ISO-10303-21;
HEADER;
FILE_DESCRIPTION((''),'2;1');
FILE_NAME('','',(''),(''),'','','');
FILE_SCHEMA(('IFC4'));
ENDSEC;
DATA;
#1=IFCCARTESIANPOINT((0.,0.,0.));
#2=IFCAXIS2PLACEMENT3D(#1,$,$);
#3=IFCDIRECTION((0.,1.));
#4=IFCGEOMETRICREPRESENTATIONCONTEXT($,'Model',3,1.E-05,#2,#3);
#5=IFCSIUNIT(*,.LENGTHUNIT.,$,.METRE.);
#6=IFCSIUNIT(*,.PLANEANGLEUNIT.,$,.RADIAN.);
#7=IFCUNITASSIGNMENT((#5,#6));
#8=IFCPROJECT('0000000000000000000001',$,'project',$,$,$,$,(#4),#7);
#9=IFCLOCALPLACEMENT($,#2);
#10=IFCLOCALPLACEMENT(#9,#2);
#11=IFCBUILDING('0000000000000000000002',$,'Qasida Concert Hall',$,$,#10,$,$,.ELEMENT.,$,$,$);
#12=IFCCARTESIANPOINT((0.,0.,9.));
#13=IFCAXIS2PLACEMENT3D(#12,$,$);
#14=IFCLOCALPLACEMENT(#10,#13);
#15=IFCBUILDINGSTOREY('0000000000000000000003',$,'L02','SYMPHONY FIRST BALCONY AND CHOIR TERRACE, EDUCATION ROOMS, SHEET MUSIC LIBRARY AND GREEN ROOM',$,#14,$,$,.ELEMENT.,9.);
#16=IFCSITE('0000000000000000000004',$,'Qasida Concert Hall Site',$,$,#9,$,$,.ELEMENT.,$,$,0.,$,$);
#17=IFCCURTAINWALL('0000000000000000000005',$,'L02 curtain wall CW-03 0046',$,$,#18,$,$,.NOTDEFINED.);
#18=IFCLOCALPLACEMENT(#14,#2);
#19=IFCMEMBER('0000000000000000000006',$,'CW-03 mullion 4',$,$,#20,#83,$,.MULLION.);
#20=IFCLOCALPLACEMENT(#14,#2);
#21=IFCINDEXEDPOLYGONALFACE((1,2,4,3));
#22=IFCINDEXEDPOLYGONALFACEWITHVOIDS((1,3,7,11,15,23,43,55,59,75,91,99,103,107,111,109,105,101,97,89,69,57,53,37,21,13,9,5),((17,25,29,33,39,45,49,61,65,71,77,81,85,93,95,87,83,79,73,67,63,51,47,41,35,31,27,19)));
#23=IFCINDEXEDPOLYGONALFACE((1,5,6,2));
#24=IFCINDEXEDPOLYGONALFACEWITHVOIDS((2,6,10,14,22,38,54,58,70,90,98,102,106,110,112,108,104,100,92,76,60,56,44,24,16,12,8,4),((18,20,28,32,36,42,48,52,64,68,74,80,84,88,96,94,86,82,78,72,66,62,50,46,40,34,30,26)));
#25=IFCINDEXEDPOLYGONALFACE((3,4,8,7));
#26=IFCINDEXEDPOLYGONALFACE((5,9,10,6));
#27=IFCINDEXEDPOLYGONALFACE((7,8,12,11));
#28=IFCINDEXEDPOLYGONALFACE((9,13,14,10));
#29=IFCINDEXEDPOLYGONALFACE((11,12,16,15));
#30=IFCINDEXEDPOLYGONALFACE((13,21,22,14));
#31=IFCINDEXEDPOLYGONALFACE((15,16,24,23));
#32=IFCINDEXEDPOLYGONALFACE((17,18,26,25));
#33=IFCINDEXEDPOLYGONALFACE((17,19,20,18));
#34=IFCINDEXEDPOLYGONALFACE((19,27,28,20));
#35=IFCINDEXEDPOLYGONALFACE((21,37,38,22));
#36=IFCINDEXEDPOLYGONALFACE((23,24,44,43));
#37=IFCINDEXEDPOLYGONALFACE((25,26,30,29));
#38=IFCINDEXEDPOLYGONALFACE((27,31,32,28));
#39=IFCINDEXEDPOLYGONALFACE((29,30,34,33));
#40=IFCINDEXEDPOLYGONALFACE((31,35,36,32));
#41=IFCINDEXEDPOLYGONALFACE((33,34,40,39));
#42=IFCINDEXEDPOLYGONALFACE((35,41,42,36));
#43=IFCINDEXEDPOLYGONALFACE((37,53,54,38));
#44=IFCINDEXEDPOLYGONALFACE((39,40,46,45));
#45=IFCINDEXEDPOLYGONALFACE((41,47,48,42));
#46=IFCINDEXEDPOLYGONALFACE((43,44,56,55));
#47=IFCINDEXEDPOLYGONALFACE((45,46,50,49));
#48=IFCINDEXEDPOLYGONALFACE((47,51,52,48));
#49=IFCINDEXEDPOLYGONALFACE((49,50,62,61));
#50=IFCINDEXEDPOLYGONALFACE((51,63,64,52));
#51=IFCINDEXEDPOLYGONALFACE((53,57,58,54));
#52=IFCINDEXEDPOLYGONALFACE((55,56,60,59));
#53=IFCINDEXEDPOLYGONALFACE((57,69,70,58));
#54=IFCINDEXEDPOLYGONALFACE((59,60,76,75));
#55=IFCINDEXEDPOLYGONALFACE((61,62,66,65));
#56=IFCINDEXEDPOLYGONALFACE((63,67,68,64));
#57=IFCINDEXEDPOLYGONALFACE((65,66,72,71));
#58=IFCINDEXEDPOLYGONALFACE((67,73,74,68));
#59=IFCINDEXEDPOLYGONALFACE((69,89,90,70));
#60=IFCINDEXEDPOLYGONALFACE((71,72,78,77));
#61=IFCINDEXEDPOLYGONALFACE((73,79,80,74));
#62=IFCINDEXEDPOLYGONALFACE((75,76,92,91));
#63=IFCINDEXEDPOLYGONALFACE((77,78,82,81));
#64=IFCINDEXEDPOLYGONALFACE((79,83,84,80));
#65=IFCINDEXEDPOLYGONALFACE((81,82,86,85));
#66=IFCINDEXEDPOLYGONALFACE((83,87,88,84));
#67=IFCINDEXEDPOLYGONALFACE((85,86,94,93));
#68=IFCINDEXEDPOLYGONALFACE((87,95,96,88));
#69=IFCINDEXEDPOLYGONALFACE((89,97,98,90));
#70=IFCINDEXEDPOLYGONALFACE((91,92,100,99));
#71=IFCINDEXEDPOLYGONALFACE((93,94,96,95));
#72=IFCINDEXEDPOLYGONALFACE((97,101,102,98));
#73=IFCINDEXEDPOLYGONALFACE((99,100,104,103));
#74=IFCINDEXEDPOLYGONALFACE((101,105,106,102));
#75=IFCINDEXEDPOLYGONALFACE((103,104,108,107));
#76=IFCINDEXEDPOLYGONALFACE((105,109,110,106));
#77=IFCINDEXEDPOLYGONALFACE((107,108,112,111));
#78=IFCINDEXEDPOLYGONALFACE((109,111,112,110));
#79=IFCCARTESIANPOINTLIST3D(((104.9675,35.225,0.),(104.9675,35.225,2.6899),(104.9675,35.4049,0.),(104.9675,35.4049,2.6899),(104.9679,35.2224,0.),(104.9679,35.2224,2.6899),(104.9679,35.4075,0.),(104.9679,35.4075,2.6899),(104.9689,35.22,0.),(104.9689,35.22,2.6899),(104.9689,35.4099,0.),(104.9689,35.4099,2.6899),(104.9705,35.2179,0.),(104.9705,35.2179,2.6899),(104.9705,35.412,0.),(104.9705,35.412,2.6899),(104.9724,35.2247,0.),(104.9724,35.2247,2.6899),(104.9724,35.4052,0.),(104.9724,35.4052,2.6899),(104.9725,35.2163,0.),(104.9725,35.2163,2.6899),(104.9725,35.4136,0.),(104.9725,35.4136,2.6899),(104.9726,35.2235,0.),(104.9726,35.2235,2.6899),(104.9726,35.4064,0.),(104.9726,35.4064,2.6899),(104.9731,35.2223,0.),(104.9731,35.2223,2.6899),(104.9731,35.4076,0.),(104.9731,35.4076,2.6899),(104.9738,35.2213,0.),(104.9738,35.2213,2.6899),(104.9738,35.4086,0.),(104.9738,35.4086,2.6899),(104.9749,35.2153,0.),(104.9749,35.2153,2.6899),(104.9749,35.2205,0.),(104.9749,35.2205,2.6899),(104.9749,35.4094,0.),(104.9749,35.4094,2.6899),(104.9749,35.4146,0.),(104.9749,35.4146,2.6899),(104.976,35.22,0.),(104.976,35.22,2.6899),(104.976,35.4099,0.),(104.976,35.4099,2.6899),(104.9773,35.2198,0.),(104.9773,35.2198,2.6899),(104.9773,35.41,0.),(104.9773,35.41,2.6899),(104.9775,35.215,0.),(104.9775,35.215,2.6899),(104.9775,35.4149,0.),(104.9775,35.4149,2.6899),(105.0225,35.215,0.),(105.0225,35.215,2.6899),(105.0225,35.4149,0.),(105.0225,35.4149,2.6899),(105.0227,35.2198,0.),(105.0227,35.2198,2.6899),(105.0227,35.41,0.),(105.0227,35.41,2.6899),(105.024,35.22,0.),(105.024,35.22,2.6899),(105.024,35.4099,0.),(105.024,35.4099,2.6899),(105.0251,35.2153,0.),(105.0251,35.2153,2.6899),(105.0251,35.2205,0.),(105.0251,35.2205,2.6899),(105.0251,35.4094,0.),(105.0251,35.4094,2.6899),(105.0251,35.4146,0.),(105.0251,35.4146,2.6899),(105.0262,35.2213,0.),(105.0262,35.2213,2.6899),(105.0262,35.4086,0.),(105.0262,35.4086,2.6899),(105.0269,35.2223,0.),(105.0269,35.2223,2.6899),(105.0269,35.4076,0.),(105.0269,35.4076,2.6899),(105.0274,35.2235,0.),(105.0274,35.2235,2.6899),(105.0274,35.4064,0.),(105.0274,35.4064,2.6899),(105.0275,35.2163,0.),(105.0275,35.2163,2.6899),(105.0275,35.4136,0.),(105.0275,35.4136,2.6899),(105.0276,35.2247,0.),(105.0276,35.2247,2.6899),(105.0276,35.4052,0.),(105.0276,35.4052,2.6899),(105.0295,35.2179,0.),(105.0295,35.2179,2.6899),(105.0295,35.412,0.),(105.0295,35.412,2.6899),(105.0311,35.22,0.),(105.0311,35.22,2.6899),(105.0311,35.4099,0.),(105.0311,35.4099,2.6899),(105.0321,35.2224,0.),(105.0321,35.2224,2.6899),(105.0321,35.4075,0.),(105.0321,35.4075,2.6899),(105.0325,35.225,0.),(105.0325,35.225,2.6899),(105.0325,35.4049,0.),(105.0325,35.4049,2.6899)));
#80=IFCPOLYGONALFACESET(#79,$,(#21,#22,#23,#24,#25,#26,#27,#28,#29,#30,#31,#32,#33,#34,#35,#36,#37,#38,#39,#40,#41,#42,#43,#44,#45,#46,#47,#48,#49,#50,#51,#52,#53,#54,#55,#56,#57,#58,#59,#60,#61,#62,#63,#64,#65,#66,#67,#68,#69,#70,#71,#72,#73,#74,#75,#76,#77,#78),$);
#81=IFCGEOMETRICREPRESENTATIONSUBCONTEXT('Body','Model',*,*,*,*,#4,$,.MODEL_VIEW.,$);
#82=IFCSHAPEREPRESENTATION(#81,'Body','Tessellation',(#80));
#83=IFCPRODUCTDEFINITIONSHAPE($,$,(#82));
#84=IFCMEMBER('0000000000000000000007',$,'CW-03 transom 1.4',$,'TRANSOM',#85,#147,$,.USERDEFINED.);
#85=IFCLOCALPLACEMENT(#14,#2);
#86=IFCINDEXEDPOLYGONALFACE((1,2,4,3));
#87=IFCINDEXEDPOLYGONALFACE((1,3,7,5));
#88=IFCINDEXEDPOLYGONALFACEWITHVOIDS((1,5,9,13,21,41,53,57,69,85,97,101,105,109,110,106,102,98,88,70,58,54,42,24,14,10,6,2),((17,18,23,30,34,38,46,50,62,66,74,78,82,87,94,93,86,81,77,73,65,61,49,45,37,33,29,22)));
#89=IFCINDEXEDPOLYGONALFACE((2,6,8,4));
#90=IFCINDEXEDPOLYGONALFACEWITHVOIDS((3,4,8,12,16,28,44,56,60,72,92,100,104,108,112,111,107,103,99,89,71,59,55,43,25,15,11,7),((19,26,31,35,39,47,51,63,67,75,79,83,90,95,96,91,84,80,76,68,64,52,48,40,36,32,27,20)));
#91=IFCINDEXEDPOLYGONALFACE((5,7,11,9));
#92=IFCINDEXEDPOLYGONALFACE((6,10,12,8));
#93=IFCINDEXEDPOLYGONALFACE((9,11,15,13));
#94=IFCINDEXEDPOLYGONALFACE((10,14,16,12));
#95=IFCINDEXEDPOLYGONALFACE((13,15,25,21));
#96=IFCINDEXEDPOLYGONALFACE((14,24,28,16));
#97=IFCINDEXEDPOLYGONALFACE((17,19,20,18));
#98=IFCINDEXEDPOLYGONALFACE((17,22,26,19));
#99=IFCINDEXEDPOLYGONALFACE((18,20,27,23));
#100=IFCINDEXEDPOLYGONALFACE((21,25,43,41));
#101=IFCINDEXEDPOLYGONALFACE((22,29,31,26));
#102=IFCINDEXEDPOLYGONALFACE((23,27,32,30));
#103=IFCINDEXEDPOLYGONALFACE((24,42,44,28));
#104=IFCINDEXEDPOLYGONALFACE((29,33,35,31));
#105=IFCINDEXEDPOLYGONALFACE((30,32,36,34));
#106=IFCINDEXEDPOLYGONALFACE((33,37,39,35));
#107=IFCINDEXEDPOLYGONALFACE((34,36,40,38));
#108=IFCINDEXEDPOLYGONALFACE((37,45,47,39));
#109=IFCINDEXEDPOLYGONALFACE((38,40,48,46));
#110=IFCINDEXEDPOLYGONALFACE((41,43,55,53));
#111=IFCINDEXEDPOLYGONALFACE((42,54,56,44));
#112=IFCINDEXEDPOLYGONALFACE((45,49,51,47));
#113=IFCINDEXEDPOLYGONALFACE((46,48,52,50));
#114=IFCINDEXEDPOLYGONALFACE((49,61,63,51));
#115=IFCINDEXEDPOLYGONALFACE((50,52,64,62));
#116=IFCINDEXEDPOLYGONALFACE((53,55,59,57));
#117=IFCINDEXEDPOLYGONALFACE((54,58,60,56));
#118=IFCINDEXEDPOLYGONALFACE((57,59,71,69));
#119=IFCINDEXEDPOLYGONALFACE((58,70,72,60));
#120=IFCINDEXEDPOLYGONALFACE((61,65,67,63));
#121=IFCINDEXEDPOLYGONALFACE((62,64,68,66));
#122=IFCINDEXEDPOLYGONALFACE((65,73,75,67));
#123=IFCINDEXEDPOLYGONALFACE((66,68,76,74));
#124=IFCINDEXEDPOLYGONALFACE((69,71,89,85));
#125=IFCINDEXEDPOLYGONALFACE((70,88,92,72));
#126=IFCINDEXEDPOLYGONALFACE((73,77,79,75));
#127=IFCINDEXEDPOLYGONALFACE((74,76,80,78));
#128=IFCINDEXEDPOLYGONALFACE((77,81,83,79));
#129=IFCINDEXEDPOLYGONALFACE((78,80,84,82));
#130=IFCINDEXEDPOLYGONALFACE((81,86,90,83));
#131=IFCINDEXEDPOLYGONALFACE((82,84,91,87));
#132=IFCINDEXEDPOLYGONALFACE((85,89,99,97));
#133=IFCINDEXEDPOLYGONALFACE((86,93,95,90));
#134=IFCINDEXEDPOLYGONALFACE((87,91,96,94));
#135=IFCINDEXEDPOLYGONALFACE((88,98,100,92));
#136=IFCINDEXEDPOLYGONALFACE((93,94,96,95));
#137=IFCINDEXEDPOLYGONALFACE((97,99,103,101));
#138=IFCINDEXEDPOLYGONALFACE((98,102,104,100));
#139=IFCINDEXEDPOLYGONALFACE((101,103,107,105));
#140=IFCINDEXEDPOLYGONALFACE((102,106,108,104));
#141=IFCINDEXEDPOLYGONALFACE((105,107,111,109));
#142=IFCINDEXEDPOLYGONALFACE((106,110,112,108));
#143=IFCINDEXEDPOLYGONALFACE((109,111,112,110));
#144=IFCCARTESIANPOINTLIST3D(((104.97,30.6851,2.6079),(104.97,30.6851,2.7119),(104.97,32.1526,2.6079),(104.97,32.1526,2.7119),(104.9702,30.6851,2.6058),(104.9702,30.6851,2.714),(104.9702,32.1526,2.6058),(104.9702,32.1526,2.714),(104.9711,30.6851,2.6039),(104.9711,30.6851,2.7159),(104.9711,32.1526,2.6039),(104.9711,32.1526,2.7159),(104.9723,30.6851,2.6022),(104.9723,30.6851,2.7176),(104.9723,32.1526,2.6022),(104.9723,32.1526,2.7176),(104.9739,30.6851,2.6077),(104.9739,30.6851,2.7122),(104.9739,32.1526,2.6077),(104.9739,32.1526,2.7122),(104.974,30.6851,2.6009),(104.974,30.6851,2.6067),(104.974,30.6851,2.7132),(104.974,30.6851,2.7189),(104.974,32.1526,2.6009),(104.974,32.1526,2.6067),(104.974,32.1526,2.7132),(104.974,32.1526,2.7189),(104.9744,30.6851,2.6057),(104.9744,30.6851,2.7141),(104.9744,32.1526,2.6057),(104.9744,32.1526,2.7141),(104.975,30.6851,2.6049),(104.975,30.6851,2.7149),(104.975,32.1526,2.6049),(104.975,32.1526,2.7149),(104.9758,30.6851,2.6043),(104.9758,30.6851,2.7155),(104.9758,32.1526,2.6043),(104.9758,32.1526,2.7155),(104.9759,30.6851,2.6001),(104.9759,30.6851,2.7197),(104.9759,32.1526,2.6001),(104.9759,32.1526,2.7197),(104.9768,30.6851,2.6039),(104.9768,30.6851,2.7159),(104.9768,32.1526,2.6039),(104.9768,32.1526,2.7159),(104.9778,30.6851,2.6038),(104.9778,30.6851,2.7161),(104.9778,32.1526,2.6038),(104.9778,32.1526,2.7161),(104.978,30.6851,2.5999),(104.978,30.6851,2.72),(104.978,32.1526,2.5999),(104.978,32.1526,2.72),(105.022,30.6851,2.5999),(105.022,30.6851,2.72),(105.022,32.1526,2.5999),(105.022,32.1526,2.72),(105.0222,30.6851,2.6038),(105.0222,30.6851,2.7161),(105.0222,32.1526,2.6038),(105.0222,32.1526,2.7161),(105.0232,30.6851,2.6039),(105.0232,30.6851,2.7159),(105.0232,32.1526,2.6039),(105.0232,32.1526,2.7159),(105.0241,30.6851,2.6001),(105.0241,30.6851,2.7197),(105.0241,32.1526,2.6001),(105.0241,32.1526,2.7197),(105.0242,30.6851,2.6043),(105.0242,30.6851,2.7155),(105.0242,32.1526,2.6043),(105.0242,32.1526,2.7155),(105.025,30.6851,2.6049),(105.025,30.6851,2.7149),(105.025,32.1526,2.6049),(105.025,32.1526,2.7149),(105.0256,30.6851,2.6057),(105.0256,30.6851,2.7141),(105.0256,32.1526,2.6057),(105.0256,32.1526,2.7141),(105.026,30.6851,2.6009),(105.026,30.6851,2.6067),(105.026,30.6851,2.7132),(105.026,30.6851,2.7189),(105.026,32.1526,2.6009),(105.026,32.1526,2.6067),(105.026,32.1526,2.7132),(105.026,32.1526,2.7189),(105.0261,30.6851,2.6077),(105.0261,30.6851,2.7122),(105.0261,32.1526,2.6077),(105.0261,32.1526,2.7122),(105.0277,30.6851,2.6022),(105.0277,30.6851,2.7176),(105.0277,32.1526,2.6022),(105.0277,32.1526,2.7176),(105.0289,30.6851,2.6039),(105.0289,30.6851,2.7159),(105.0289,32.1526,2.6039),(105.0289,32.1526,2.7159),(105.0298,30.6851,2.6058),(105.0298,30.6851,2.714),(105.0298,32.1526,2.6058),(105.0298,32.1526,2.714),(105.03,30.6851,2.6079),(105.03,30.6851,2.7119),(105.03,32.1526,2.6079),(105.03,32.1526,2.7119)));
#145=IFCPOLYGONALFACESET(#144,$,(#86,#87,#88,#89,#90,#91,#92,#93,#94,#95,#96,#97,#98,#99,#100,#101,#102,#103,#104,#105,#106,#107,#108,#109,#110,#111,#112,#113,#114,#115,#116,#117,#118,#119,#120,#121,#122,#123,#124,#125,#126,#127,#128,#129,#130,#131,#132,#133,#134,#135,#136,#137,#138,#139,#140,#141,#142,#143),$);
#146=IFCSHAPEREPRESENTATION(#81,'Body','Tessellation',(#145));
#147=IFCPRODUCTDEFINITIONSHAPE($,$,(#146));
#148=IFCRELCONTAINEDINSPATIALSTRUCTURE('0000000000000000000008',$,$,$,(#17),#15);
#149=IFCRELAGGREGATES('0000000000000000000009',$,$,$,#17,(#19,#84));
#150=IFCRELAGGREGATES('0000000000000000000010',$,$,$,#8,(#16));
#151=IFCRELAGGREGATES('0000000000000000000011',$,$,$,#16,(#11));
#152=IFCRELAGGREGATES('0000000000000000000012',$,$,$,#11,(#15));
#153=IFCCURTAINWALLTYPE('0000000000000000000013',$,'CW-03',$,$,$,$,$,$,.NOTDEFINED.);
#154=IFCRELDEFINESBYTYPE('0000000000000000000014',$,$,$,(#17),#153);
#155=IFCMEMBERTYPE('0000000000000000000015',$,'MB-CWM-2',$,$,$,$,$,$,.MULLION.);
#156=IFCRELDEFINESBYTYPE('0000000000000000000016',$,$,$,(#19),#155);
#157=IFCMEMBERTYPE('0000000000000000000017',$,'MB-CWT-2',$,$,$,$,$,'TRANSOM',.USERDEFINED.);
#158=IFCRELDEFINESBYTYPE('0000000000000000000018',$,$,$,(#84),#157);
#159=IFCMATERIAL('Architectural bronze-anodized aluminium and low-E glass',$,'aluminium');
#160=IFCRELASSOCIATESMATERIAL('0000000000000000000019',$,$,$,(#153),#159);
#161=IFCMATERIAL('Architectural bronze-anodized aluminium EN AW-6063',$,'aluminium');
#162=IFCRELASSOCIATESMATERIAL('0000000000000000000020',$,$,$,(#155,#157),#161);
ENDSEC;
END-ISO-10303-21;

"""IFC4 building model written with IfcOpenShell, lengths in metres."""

from ifc_helpers import new_model, si_unit, direction, frame, origin, origin_2d, place, context, subcontext, project, spatial, hollow_rectangle, extrude, material, material_profile, profile_set, type_object, element, aggregate, save


model = new_model("IFC4")

# Units and contexts
model_context = context("Model", 3, precision=1e-05, world=origin(), true_north=direction((0.0, 1.0)))
body_context = subcontext(model_context, "Body", "Model", "MODEL_VIEW")
ifc_project = project(units=[si_unit("LENGTHUNIT", "METRE"), si_unit("PLANEANGLEUNIT", "RADIAN")], contexts=[model_context])

# Site, building, storey
site_placement = place(None, origin())
site = spatial("IfcSite", under=ifc_project, at=site_placement, Name="Qasida Concert Hall Site", CompositionType="ELEMENT", RefElevation=0.0)
building_placement = place(site_placement, origin())
building = spatial("IfcBuilding", under=site, at=building_placement, Name="Qasida Concert Hall", CompositionType="ELEMENT")
storey_placement = place(building_placement, frame((0.0, 0.0, 9.0)))
storey = spatial("IfcBuildingStorey", under=building, at=storey_placement, Name="L02", Description="SYMPHONY FIRST BALCONY AND CHOIR TERRACE, EDUCATION ROOMS, SHEET MUSIC LIBRARY AND GREEN ROOM", CompositionType="ELEMENT", Elevation=9.0)

# Curtain wall, members
ifc_material_1 = material(Name="Architectural bronze-anodized aluminium and low-E glass", Category="aluminium")
curtain_wall_type = type_object("IfcCurtainWallType", Name="CW-03", PredefinedType="NOTDEFINED", material=ifc_material_1)
curtain_wall_placement = place(storey_placement, origin())
curtain_wall = element("IfcCurtainWall", 1, at=curtain_wall_placement, inside=storey, type_object=curtain_wall_type, Name="L02 curtain wall CW-03 0046", PredefinedType="NOTDEFINED")
ifc_material_2 = material(Name="Architectural bronze-anodized aluminium EN AW-6063", Category="aluminium")
ifc_material_profile_1 = material_profile(ifc_material_2, hollow_rectangle(XDim=0.0649, YDim=0.2, WallThickness=0.0049, InnerFilletRadius=0.0049, OuterFilletRadius=0.01, at=origin_2d()), Name="CWM 200x65x5")
ifc_profile_set_1 = profile_set([ifc_material_profile_1], Name="Architectural bronze-anodized aluminium EN AW-6063")
member_type_1 = type_object("IfcMemberType", Name="MB-CWM-2", PredefinedType="MULLION", material=ifc_profile_set_1)
member_1_placement = place(storey_placement, frame((105.0, 35.3149, 0.0), z_axis=(0.0, 0.0, 1.0), x_axis=(-1.0, 0.0, 0.0)))
member_1 = element("IfcMember", 2, at=member_1_placement, type_object=member_type_1, Name="CW-03 mullion 4", PredefinedType="MULLION", context=body_context, shape_type="SweptSolid", body=[
    extrude(hollow_rectangle(XDim=0.0649, YDim=0.2, WallThickness=0.0049, InnerFilletRadius=0.0049, OuterFilletRadius=0.01, at=origin_2d()), origin(), (0.0, 0.0, 1.0), 2.6899),
])
ifc_material_profile_2 = material_profile(ifc_material_2, hollow_rectangle(XDim=0.0601, YDim=0.1201, WallThickness=0.0039, InnerFilletRadius=0.0039, OuterFilletRadius=0.0081, at=origin_2d()), Name="CWT 120x60x4")
ifc_profile_set_2 = profile_set([ifc_material_profile_2], Name="Architectural bronze-anodized aluminium EN AW-6063")
member_type_2 = type_object("IfcMemberType", Name="MB-CWT-2", ElementType="TRANSOM", PredefinedType="USERDEFINED", material=ifc_profile_set_2)
member_2_placement = place(storey_placement, frame((105.0, 30.6851, 2.6599), z_axis=(0.0, 1.0, 0.0), x_axis=(-1.0, 0.0, 0.0)))
member_2 = element("IfcMember", 3, at=member_2_placement, type_object=member_type_2, Name="CW-03 transom 1.4", ObjectType="TRANSOM", PredefinedType="USERDEFINED", context=body_context, shape_type="SweptSolid", body=[
    extrude(hollow_rectangle(XDim=0.0601, YDim=0.1201, WallThickness=0.0039, InnerFilletRadius=0.0039, OuterFilletRadius=0.0081, at=origin_2d()), origin(), (0.0, 0.0, 1.0), 1.4675),
])
aggregate(curtain_wall, [member_1, member_2])

save(model, "model.ifc")
